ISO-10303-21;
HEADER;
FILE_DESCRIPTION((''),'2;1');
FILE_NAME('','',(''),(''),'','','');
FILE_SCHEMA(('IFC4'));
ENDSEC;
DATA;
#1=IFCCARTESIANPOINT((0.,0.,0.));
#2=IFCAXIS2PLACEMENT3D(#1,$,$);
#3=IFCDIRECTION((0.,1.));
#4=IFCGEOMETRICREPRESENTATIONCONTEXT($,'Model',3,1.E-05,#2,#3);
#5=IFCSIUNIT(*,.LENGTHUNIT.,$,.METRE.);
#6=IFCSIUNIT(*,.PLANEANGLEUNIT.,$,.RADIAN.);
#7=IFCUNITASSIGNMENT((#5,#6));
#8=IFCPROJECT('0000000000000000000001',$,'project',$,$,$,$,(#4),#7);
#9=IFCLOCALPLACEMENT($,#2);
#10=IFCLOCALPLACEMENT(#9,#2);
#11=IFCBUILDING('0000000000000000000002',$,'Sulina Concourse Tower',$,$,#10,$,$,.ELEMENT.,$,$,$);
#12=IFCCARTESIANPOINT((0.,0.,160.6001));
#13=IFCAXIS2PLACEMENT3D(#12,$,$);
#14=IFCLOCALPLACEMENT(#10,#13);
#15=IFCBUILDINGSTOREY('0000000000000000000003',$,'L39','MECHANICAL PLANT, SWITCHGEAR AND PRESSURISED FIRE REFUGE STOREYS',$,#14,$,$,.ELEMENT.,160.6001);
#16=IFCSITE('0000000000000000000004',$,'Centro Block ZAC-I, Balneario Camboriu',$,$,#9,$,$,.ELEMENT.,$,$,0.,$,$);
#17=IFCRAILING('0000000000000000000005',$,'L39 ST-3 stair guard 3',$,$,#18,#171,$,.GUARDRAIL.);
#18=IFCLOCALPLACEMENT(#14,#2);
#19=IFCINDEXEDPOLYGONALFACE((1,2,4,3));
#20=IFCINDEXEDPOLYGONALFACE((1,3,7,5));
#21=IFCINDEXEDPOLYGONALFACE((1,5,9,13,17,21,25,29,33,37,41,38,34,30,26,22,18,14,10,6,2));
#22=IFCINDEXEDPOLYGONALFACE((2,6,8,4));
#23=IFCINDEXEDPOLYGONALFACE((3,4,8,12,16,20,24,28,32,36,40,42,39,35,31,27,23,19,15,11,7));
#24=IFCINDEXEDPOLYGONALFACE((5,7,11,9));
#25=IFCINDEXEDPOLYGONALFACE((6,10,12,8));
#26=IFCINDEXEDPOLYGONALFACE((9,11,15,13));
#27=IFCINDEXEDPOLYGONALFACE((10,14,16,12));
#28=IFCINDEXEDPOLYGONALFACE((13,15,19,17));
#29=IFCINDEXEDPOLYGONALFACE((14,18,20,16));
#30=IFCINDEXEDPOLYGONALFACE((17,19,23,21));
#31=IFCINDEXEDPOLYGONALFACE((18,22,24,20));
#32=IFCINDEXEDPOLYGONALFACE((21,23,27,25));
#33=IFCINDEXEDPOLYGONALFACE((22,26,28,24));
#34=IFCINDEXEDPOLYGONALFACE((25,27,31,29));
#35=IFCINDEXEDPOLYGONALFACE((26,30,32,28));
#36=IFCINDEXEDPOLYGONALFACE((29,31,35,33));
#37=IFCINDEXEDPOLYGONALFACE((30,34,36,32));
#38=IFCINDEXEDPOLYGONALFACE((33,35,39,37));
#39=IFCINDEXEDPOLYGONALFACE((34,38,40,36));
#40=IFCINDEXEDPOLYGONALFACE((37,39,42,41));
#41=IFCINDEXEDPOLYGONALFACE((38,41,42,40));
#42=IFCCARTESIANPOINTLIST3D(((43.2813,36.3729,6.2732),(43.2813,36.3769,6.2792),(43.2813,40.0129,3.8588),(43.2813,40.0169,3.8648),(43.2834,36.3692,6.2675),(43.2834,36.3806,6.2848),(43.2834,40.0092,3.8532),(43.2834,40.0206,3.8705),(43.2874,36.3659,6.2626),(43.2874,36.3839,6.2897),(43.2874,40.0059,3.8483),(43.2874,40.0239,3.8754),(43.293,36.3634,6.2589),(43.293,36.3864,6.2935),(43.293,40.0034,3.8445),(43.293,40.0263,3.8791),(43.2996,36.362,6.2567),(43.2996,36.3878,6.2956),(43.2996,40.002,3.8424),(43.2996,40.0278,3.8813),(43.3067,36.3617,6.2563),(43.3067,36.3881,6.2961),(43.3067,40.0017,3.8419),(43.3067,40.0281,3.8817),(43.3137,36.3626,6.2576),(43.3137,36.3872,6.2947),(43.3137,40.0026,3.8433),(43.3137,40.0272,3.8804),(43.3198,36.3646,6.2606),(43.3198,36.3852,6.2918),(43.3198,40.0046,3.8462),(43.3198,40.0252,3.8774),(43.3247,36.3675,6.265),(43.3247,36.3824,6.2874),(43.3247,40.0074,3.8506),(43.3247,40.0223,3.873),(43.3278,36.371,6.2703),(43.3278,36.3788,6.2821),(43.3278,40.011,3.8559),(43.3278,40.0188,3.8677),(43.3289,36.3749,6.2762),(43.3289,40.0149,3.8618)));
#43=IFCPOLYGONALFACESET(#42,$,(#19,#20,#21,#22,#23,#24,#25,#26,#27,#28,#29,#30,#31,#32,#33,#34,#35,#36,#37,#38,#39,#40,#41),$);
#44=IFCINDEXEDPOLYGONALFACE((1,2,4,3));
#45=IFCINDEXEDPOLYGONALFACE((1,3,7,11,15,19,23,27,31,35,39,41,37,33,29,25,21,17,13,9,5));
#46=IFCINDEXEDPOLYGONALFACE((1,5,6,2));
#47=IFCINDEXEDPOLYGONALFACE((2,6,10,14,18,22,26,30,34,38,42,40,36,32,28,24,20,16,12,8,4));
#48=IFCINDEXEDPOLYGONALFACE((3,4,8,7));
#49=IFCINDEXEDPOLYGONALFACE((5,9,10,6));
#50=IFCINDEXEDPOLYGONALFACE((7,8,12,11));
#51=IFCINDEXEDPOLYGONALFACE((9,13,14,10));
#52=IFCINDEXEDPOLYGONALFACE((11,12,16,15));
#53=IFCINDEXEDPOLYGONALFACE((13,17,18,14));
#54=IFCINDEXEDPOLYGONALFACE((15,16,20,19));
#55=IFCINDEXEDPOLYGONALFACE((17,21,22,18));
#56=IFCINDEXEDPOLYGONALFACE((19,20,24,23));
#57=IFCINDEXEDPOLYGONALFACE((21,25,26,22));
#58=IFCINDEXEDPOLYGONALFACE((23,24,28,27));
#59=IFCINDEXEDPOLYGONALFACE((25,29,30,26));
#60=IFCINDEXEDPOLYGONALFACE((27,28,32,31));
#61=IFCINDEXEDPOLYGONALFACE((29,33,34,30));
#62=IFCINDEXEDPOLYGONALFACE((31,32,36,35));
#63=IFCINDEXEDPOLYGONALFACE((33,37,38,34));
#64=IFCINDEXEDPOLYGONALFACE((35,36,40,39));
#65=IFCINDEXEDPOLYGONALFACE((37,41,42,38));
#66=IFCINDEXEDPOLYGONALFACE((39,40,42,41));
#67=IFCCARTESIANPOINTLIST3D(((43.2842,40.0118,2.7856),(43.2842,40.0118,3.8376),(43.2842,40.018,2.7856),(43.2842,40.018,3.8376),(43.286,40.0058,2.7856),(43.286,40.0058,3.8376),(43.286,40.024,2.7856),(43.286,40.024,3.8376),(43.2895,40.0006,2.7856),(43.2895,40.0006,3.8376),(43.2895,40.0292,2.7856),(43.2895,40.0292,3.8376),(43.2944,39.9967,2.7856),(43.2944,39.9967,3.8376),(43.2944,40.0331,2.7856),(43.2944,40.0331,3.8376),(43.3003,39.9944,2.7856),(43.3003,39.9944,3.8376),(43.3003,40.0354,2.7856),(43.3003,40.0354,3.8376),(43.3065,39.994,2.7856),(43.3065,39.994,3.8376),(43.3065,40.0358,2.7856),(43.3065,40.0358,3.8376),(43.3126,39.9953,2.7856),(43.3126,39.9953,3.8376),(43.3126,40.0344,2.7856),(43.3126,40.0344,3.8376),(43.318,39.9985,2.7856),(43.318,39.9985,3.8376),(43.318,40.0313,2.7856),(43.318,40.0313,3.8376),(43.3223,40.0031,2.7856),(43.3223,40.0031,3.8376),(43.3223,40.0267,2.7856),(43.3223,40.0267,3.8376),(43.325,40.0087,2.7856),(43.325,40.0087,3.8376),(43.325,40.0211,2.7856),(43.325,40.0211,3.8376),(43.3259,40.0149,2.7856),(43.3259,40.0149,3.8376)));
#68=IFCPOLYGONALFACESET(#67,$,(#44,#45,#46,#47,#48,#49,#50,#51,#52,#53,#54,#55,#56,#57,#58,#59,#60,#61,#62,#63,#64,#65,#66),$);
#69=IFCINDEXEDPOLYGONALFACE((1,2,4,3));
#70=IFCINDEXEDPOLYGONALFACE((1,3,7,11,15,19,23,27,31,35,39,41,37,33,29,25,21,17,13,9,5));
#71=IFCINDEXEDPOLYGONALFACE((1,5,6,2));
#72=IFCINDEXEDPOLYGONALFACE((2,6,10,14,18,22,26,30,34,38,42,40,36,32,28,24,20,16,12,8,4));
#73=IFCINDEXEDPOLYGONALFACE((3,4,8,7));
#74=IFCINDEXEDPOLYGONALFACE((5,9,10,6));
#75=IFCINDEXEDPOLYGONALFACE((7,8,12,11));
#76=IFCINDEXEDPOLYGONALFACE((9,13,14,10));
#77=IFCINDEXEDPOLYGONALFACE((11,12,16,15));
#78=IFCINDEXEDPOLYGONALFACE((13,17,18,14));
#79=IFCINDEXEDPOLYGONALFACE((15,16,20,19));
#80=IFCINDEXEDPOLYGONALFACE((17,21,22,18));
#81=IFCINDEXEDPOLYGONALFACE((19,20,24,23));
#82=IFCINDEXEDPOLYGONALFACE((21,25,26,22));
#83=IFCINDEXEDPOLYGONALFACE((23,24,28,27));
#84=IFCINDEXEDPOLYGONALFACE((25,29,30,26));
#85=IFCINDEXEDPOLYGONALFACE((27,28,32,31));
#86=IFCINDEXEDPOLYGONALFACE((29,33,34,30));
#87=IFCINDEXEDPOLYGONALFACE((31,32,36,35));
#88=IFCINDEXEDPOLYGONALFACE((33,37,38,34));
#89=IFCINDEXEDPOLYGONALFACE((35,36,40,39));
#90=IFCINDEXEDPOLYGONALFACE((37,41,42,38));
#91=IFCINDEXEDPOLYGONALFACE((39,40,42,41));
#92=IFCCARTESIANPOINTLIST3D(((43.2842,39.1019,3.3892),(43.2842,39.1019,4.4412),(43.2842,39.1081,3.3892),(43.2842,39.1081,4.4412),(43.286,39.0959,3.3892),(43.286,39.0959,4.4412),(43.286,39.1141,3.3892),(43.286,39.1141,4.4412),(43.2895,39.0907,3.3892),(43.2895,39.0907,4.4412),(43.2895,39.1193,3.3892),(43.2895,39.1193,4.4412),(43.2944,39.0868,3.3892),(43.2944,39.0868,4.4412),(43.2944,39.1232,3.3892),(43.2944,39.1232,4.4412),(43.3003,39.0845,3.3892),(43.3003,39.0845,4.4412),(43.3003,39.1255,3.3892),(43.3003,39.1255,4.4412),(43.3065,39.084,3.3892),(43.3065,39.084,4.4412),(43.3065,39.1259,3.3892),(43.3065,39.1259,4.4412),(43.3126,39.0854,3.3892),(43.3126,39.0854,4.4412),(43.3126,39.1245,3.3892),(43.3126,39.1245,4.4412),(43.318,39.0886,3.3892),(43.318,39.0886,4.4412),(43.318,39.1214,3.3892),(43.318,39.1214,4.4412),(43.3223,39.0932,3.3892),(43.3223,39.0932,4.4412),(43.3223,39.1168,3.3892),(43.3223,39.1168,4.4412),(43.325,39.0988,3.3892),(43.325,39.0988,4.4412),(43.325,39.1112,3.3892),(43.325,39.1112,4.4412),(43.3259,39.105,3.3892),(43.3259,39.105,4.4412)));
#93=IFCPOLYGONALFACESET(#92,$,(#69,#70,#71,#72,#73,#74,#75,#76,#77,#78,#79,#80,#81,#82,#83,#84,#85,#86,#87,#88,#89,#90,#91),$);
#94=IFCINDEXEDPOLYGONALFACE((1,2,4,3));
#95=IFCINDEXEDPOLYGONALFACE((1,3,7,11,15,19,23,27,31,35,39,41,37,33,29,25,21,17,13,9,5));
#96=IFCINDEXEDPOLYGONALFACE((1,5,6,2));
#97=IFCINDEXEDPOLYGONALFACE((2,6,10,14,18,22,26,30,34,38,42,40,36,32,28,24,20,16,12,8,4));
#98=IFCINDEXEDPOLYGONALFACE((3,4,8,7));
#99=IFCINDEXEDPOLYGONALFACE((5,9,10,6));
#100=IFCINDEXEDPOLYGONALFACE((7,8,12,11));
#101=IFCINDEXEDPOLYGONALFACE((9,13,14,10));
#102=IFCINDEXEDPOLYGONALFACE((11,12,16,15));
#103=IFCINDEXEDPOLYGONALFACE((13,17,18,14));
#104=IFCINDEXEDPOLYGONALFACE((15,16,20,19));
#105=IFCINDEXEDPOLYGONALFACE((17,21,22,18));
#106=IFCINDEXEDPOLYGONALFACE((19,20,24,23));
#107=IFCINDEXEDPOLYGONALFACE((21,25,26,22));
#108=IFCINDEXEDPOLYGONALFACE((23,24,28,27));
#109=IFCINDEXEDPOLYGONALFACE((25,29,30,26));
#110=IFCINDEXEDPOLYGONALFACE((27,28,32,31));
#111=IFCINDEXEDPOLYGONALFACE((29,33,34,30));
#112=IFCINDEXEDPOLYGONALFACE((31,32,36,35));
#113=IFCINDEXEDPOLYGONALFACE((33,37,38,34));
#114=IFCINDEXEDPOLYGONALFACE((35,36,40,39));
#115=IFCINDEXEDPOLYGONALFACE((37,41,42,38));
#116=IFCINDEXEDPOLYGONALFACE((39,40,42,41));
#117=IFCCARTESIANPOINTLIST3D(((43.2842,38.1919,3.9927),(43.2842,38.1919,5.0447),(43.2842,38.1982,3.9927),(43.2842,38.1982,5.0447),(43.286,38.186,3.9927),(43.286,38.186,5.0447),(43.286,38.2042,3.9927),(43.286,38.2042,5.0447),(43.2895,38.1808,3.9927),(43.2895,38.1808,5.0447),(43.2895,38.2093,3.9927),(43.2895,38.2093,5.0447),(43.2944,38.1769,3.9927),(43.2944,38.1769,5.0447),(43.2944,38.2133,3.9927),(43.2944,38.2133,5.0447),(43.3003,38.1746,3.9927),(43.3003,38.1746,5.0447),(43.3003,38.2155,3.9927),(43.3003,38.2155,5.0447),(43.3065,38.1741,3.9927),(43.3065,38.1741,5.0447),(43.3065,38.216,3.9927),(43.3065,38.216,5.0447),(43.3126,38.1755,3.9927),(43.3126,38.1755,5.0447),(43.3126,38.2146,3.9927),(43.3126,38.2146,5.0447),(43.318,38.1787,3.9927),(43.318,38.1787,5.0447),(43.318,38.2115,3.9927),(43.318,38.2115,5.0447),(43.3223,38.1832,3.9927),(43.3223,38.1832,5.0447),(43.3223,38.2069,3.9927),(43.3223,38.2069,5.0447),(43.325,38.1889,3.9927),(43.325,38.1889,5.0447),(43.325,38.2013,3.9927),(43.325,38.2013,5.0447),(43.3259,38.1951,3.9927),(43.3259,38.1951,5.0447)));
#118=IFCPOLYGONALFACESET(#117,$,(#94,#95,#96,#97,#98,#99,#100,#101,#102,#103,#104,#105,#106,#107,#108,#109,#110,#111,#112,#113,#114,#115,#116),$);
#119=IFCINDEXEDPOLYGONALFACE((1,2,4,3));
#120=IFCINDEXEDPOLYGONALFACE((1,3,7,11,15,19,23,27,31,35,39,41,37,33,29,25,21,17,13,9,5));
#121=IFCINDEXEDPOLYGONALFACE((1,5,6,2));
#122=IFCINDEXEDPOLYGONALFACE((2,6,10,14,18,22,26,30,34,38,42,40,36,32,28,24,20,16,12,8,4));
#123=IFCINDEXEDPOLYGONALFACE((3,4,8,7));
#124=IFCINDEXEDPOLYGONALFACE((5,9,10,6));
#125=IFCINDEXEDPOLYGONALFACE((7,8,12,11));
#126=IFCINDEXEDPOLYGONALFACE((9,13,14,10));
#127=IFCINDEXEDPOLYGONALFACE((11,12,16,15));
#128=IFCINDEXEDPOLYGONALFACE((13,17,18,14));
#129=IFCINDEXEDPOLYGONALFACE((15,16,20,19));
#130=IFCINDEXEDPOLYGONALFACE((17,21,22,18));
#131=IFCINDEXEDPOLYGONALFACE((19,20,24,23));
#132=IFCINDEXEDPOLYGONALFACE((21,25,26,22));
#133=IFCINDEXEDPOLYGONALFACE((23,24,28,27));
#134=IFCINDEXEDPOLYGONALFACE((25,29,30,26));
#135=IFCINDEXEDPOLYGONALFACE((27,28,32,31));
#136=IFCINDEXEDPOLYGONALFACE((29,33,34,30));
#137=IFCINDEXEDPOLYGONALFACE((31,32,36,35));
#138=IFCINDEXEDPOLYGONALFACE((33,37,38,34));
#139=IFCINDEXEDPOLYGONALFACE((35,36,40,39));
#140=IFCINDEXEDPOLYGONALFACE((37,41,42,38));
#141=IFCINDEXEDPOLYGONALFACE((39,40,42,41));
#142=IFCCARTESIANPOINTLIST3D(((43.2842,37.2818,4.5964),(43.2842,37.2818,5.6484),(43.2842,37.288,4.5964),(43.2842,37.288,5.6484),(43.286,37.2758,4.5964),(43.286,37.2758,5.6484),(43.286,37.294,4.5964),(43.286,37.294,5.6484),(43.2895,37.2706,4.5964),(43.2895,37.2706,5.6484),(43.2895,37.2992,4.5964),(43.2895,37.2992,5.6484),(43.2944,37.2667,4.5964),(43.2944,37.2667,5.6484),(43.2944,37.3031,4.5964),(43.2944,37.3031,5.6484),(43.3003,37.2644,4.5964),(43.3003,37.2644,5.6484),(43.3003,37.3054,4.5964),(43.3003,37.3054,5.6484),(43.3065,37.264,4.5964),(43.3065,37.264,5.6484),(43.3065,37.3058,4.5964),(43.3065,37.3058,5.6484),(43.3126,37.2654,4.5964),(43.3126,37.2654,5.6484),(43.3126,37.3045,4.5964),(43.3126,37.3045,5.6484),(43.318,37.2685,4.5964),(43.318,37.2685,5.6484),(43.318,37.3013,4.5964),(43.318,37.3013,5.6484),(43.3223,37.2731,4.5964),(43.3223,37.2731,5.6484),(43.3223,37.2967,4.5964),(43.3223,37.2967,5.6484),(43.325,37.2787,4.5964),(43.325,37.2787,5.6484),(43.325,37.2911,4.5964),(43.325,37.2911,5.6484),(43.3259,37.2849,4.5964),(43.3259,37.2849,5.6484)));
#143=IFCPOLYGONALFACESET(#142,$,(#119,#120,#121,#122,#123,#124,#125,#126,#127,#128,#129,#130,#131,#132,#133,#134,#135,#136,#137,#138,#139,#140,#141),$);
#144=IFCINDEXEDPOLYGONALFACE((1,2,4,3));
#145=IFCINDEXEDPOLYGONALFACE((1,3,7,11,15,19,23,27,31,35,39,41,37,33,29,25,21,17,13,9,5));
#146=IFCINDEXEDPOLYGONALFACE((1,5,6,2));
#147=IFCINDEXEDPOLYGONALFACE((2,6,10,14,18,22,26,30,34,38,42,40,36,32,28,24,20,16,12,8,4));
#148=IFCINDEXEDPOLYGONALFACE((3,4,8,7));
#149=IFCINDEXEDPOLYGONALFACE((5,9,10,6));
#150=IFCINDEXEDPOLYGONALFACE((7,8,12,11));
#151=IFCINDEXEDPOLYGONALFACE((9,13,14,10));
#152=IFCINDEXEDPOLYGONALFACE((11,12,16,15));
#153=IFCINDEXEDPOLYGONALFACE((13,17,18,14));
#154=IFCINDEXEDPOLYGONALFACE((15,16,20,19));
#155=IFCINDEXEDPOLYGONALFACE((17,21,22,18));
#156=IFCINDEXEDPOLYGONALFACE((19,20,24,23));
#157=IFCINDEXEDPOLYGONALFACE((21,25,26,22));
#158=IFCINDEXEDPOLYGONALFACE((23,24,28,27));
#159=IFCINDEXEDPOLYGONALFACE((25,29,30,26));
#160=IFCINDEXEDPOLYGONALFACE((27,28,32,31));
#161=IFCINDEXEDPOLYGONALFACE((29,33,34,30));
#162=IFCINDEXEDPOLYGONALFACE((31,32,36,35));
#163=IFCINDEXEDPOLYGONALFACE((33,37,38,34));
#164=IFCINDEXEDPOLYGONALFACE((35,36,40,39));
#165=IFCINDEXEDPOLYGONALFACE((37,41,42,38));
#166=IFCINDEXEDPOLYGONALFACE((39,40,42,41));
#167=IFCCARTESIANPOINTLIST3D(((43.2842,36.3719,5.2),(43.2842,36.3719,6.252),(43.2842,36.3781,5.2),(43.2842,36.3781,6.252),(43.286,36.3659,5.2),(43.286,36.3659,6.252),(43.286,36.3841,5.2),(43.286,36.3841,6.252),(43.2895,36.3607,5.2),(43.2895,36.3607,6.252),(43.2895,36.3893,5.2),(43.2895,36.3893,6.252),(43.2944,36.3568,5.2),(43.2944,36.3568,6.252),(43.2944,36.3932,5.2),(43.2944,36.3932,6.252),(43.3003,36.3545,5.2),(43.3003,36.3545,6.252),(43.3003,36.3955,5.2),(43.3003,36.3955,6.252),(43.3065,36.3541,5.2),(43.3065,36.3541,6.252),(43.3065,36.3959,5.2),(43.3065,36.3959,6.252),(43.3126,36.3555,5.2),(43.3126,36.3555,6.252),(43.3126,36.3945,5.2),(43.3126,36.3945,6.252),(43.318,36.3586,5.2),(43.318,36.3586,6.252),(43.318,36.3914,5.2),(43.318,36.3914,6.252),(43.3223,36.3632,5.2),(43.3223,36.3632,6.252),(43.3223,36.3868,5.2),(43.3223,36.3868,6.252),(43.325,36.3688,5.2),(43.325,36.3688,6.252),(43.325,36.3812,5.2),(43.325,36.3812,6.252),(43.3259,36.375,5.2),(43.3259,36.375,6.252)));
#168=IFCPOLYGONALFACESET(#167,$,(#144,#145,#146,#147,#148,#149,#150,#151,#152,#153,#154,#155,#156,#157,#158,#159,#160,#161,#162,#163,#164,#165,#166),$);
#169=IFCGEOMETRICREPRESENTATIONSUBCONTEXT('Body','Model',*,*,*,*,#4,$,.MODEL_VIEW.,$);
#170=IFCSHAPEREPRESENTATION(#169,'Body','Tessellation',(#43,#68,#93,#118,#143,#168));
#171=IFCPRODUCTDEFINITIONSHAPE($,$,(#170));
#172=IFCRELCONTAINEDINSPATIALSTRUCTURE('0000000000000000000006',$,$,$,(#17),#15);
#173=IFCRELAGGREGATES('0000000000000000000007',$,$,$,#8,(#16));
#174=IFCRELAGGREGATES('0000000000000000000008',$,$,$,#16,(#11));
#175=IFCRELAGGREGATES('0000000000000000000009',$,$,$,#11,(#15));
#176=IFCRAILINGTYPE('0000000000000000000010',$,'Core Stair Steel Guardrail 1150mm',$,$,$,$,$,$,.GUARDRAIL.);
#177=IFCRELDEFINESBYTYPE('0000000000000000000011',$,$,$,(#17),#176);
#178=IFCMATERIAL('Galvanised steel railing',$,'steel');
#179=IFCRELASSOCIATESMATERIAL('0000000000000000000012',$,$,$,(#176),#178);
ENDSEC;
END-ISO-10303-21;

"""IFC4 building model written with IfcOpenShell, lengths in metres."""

from ifc_helpers import new_model, si_unit, direction, frame, origin, origin_2d, place, context, subcontext, project, spatial, circle, extrude, material, type_object, element, save


model = new_model("IFC4")

# Units and contexts
model_context = context("Model", 3, precision=1e-05, world=origin(), true_north=direction((0.0, 1.0)))
body_context = subcontext(model_context, "Body", "Model", "MODEL_VIEW")
ifc_project = project(units=[si_unit("LENGTHUNIT", "METRE"), si_unit("PLANEANGLEUNIT", "RADIAN")], contexts=[model_context])

# Site, building, storey
site_placement = place(None, origin())
site = spatial("IfcSite", under=ifc_project, at=site_placement, Name="Centro Block ZAC-I, Balneario Camboriu", CompositionType="ELEMENT", RefElevation=0.0)
building_placement = place(site_placement, origin())
building = spatial("IfcBuilding", under=site, at=building_placement, Name="Sulina Concourse Tower", CompositionType="ELEMENT")
storey_placement = place(building_placement, frame((0.0, 0.0, 160.6001)))
storey = spatial("IfcBuildingStorey", under=building, at=storey_placement, Name="L39", Description="MECHANICAL PLANT, SWITCHGEAR AND PRESSURISED FIRE REFUGE STOREYS", CompositionType="ELEMENT", Elevation=160.6001)

# Railing
ifc_material_1 = material(Name="Galvanised steel railing", Category="steel")
railing_type_1 = type_object("IfcRailingType", Name="Core Stair Steel Guardrail 1150mm", PredefinedType="GUARDRAIL", material=ifc_material_1)
railing_1_placement = place(storey_placement, frame((43.3049, 40.0149, 2.7856)))
element("IfcRailing", 1, at=railing_1_placement, inside=storey, type_object=railing_type_1, Name="L39 ST-3 stair guard 3", PredefinedType="GUARDRAIL", context=body_context, shape_type="SweptSolid", body=[
    extrude(circle(Radius=0.0239, at=origin_2d()), frame((0.0, 0.0, 1.0762), z_axis=(0.0, -0.833347, 0.552751), x_axis=(1.0, 0.0, 0.0)), (0.0, 0.0, 1.0), 4.3679),
    extrude(circle(Radius=0.021, at=origin_2d()), origin(), (0.0, 0.0, 1.0), 1.052),
    extrude(circle(Radius=0.021, at=origin_2d()), frame((0.0, -0.9099, 0.6035)), (0.0, 0.0, 1.0), 1.052),
    extrude(circle(Radius=0.021, at=origin_2d()), frame((0.0, -1.8198, 1.207)), (0.0, 0.0, 1.0), 1.052),
    extrude(circle(Radius=0.021, at=origin_2d()), frame((0.0, -2.73, 1.8108)), (0.0, 0.0, 1.0), 1.052),
    extrude(circle(Radius=0.021, at=origin_2d()), frame((0.0, -3.6399, 2.4143)), (0.0, 0.0, 1.0), 1.052),
])

save(model, "model.ifc")
